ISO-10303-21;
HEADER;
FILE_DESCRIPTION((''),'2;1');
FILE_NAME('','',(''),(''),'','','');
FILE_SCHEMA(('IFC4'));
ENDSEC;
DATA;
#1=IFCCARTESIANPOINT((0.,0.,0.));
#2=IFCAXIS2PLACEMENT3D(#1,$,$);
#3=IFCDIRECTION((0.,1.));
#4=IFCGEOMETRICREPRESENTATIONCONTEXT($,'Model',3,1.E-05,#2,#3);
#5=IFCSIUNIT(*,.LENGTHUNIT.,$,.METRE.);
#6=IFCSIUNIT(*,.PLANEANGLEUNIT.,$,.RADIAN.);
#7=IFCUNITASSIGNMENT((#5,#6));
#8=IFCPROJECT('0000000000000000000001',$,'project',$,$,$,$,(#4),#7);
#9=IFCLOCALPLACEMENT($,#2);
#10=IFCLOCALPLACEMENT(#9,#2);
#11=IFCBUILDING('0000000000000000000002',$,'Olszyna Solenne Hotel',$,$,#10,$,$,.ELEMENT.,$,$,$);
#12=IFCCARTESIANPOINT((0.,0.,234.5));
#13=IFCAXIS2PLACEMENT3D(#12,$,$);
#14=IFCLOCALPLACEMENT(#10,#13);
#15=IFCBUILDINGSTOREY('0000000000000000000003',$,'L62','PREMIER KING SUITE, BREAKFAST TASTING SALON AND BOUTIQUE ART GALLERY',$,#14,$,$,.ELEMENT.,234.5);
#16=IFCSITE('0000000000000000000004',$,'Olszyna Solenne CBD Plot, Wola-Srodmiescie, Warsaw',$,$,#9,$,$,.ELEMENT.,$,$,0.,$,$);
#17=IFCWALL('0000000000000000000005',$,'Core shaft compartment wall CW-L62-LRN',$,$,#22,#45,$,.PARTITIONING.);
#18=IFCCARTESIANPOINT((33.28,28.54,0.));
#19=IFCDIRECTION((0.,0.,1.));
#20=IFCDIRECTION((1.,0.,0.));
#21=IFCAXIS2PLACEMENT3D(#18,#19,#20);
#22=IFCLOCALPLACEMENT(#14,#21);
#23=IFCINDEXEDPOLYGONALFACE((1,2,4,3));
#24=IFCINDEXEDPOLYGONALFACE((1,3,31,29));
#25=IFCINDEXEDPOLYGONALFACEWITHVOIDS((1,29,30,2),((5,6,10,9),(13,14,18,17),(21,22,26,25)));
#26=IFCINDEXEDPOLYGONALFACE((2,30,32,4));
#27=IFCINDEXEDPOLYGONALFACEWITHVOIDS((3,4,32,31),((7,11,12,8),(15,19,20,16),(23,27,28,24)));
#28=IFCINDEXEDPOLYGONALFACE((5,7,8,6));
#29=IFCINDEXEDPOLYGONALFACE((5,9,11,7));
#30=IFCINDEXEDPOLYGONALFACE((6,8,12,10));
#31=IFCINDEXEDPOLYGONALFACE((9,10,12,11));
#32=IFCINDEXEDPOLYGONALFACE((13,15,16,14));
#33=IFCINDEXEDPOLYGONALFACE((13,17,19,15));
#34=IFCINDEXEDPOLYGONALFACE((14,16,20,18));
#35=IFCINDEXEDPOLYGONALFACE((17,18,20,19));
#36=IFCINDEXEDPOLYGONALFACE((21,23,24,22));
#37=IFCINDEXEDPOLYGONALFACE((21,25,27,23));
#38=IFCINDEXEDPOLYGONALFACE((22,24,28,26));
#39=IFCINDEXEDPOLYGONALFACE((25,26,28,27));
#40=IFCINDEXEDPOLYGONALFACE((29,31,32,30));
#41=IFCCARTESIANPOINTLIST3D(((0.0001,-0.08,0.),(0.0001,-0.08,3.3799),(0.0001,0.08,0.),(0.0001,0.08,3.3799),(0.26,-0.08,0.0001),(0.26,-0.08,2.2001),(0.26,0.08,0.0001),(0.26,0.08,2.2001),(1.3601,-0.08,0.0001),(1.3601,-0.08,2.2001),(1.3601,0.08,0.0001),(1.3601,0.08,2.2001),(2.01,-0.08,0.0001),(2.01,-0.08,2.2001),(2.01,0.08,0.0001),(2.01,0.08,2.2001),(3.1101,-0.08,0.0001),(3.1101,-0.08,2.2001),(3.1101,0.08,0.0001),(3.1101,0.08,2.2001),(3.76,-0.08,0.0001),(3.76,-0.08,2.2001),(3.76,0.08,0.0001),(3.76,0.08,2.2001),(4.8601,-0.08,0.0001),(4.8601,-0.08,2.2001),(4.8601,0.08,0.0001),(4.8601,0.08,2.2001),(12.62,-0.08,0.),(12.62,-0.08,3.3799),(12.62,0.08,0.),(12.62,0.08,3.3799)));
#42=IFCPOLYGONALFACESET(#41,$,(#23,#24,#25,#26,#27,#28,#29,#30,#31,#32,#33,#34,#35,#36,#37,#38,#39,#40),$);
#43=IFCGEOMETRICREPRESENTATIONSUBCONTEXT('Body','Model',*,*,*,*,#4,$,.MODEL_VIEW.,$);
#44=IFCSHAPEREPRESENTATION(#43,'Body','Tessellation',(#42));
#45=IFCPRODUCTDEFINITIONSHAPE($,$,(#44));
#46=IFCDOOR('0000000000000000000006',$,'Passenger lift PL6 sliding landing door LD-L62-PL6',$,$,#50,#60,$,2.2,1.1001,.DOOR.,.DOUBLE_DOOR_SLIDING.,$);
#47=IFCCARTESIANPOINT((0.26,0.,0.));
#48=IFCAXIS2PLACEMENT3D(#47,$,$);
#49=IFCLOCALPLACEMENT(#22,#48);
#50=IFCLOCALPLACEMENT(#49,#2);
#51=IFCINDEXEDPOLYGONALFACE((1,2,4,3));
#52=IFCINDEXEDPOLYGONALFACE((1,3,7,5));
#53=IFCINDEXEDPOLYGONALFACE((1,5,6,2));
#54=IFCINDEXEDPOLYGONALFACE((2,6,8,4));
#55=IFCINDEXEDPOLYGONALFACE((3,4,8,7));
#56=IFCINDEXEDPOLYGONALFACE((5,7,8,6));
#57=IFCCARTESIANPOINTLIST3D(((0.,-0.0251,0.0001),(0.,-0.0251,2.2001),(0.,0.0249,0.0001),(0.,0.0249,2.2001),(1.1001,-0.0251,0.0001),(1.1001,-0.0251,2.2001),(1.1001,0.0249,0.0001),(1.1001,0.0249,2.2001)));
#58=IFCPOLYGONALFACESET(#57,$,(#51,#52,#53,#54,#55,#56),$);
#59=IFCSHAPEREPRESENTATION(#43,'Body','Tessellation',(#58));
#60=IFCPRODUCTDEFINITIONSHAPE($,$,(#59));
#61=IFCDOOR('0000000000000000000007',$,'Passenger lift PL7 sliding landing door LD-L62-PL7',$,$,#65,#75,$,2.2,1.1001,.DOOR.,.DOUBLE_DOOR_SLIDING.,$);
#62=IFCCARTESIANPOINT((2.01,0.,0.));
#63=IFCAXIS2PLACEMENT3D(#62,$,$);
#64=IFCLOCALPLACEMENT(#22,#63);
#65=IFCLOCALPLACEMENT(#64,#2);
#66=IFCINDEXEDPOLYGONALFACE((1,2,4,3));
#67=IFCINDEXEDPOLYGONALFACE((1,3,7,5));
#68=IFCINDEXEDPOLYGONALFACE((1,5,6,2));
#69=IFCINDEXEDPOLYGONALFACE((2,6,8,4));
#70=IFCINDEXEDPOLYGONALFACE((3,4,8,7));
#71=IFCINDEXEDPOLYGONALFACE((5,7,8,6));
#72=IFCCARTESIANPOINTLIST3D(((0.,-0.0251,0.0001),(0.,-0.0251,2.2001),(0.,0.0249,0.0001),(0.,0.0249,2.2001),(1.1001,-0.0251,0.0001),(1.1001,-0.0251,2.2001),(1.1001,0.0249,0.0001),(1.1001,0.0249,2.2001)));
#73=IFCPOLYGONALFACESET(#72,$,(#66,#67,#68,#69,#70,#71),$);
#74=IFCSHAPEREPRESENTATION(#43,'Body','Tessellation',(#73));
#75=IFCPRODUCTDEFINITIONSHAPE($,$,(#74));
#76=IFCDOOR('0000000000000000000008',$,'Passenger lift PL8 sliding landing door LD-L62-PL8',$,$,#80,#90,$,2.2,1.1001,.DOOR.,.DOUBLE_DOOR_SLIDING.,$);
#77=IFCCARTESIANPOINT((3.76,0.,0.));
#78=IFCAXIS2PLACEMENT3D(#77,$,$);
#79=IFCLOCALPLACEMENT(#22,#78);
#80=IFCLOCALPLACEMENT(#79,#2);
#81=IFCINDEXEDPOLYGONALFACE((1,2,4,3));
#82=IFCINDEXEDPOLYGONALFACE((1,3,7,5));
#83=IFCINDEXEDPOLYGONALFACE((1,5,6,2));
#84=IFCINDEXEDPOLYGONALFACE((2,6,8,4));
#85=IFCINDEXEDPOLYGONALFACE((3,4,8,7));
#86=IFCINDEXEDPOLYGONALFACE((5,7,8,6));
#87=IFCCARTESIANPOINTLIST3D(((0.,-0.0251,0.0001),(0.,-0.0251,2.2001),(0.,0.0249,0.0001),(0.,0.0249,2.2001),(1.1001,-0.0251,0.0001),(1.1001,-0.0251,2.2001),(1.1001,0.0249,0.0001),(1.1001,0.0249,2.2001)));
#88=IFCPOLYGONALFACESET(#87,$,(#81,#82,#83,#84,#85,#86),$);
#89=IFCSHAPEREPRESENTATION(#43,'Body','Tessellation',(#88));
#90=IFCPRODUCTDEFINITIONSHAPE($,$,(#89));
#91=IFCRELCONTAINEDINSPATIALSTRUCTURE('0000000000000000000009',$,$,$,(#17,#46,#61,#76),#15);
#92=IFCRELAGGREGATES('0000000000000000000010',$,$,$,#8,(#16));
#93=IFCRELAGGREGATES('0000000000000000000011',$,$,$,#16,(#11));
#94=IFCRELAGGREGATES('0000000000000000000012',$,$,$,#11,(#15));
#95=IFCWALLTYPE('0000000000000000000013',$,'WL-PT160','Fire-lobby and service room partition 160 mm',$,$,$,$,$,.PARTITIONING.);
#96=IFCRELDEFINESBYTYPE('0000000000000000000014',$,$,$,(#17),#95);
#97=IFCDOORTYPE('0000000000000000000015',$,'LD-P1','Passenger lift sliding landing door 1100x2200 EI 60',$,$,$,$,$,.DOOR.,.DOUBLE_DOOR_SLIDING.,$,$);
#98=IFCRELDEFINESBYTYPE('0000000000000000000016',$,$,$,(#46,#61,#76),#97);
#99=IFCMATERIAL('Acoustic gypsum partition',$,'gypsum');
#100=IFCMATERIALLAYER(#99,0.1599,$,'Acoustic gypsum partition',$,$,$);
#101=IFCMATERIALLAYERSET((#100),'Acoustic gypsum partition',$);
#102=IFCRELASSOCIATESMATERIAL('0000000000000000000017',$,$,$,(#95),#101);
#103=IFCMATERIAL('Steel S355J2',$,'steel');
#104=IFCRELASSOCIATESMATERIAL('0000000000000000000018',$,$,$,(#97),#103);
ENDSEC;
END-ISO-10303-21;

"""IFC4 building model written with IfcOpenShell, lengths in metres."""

from ifc_helpers import new_model, si_unit, direction, frame, frame_2d, origin, place, context, subcontext, project, spatial, rectangle, extrude, source, transform, mapped, material, layer, layer_set, type_object, type_shapes, element, fill, save


model = new_model("IFC4")

# Units and contexts
model_context = context("Model", 3, precision=1e-05, world=origin(), true_north=direction((0.0, 1.0)))
body_context = subcontext(model_context, "Body", "Model", "MODEL_VIEW")
ifc_project = project(units=[si_unit("LENGTHUNIT", "METRE"), si_unit("PLANEANGLEUNIT", "RADIAN")], contexts=[model_context])

# Site, building, storey
site_placement = place(None, origin())
site = spatial("IfcSite", under=ifc_project, at=site_placement, Name="Olszyna Solenne CBD Plot, Wola-Srodmiescie, Warsaw", CompositionType="ELEMENT", RefElevation=0.0)
building_placement = place(site_placement, origin())
building = spatial("IfcBuilding", under=site, at=building_placement, Name="Olszyna Solenne Hotel", CompositionType="ELEMENT")
storey_placement = place(building_placement, frame((0.0, 0.0, 234.5)))
storey = spatial("IfcBuildingStorey", under=building, at=storey_placement, Name="L62", Description="PREMIER KING SUITE, BREAKFAST TASTING SALON AND BOUTIQUE ART GALLERY", CompositionType="ELEMENT", Elevation=234.5)

# Shared definitions
ifc_material_1 = material(Name="Steel S355J2", Category="steel")

# Shared definitions
ifc_material_2 = material(Name="Acoustic gypsum partition", Category="gypsum")
ifc_layer_1 = layer(ifc_material_2, 0.1599, Name="Acoustic gypsum partition")
ifc_layer_set_1 = layer_set([ifc_layer_1], Name="Acoustic gypsum partition")
wall_type_1 = type_object("IfcWallType", Name="WL-PT160", Description="Fire-lobby and service room partition 160 mm", PredefinedType="PARTITIONING", material=ifc_layer_set_1)

# Wall, openings, doors
door_type_1 = type_object("IfcDoorType", Name="LD-P1", Description="Passenger lift sliding landing door 1100x2200 EI 60", OperationType="DOUBLE_DOOR_SLIDING", PredefinedType="DOOR", material=ifc_material_1)
shared_shape_1 = source(origin(), body_context, "Body", "SweptSolid", [
    extrude(rectangle(XDim=1.1001, YDim=2.2, at=frame_2d((0.55, 1.1001))), frame((0.0, 0.0249, 0.0), z_axis=(0.0, -1.0, 0.0), x_axis=(1.0, 0.0, 0.0)), (0.0, 0.0, 1.0), 0.05),
])
type_shapes(door_type_1, [shared_shape_1])
wall_1_placement = place(storey_placement, frame((33.28, 28.54, 0.0), z_axis=(0.0, 0.0, 1.0), x_axis=(1.0, 0.0, 0.0)))
wall_1 = element("IfcWall", 1, at=wall_1_placement, inside=storey, type_object=wall_type_1, Name="Core shaft compartment wall CW-L62-LRN", PredefinedType="PARTITIONING", context=body_context, shape_type="SweptSolid", body=[
    extrude(rectangle(XDim=12.6199, YDim=0.1599, at=frame_2d((6.3101, 0.0))), origin(), (0.0, 0.0, 1.0), 3.3799),
])
opening_1_placement = place(wall_1_placement, frame((0.26, 0.0, 0.0)))
opening_1 = element("IfcOpeningElement", 2, at=opening_1_placement, cuts=wall_1, PredefinedType="OPENING", context=body_context, shape_type="SweptSolid", body=[
    extrude(rectangle(XDim=1.1001, YDim=2.2, at=frame_2d((0.55, 1.1001))), frame((0.0, 0.0898, 0.0), z_axis=(0.0, -1.0, 0.0), x_axis=(1.0, 0.0, 0.0)), (0.0, 0.0, 1.0), 0.1799),
])
opening_2_placement = place(wall_1_placement, frame((2.01, 0.0, 0.0)))
opening_2 = element("IfcOpeningElement", 3, at=opening_2_placement, cuts=wall_1, PredefinedType="OPENING", context=body_context, shape_type="SweptSolid", body=[
    extrude(rectangle(XDim=1.1001, YDim=2.2, at=frame_2d((0.55, 1.1001))), frame((0.0, 0.0898, 0.0), z_axis=(0.0, -1.0, 0.0), x_axis=(1.0, 0.0, 0.0)), (0.0, 0.0, 1.0), 0.1799),
])
opening_3_placement = place(wall_1_placement, frame((3.76, 0.0, 0.0)))
opening_3 = element("IfcOpeningElement", 4, at=opening_3_placement, cuts=wall_1, PredefinedType="OPENING", context=body_context, shape_type="SweptSolid", body=[
    extrude(rectangle(XDim=1.1001, YDim=2.2, at=frame_2d((0.55, 1.1001))), frame((0.0, 0.0898, 0.0), z_axis=(0.0, -1.0, 0.0), x_axis=(1.0, 0.0, 0.0)), (0.0, 0.0, 1.0), 0.1799),
])
door_1_placement = place(opening_1_placement, origin())
door_1 = element("IfcDoor", 5, at=door_1_placement, inside=storey, type_object=door_type_1, Name="Passenger lift PL6 sliding landing door LD-L62-PL6", OperationType="DOUBLE_DOOR_SLIDING", OverallHeight=2.2, OverallWidth=1.1001, PredefinedType="DOOR", context=body_context, shape_type="MappedRepresentation", body=[
    mapped(shared_shape_1, transform((0.0, 0.0, 0.0), x_axis=(1.0, 0.0, 0.0), y_axis=(0.0, 1.0, 0.0), z_axis=(0.0, 0.0, 1.0), scale=1.0)),
])
fill(opening_1, door_1)
door_2_placement = place(opening_2_placement, origin())
door_2 = element("IfcDoor", 6, at=door_2_placement, inside=storey, type_object=door_type_1, Name="Passenger lift PL7 sliding landing door LD-L62-PL7", OperationType="DOUBLE_DOOR_SLIDING", OverallHeight=2.2, OverallWidth=1.1001, PredefinedType="DOOR", context=body_context, shape_type="MappedRepresentation", body=[
    mapped(shared_shape_1, transform((0.0, 0.0, 0.0), x_axis=(1.0, 0.0, 0.0), y_axis=(0.0, 1.0, 0.0), z_axis=(0.0, 0.0, 1.0), scale=1.0)),
])
fill(opening_2, door_2)
door_3_placement = place(opening_3_placement, origin())
door_3 = element("IfcDoor", 7, at=door_3_placement, inside=storey, type_object=door_type_1, Name="Passenger lift PL8 sliding landing door LD-L62-PL8", OperationType="DOUBLE_DOOR_SLIDING", OverallHeight=2.2, OverallWidth=1.1001, PredefinedType="DOOR", context=body_context, shape_type="MappedRepresentation", body=[
    mapped(shared_shape_1, transform((0.0, 0.0, 0.0), x_axis=(1.0, 0.0, 0.0), y_axis=(0.0, 1.0, 0.0), z_axis=(0.0, 0.0, 1.0), scale=1.0)),
])
fill(opening_3, door_3)

save(model, "model.ifc")
